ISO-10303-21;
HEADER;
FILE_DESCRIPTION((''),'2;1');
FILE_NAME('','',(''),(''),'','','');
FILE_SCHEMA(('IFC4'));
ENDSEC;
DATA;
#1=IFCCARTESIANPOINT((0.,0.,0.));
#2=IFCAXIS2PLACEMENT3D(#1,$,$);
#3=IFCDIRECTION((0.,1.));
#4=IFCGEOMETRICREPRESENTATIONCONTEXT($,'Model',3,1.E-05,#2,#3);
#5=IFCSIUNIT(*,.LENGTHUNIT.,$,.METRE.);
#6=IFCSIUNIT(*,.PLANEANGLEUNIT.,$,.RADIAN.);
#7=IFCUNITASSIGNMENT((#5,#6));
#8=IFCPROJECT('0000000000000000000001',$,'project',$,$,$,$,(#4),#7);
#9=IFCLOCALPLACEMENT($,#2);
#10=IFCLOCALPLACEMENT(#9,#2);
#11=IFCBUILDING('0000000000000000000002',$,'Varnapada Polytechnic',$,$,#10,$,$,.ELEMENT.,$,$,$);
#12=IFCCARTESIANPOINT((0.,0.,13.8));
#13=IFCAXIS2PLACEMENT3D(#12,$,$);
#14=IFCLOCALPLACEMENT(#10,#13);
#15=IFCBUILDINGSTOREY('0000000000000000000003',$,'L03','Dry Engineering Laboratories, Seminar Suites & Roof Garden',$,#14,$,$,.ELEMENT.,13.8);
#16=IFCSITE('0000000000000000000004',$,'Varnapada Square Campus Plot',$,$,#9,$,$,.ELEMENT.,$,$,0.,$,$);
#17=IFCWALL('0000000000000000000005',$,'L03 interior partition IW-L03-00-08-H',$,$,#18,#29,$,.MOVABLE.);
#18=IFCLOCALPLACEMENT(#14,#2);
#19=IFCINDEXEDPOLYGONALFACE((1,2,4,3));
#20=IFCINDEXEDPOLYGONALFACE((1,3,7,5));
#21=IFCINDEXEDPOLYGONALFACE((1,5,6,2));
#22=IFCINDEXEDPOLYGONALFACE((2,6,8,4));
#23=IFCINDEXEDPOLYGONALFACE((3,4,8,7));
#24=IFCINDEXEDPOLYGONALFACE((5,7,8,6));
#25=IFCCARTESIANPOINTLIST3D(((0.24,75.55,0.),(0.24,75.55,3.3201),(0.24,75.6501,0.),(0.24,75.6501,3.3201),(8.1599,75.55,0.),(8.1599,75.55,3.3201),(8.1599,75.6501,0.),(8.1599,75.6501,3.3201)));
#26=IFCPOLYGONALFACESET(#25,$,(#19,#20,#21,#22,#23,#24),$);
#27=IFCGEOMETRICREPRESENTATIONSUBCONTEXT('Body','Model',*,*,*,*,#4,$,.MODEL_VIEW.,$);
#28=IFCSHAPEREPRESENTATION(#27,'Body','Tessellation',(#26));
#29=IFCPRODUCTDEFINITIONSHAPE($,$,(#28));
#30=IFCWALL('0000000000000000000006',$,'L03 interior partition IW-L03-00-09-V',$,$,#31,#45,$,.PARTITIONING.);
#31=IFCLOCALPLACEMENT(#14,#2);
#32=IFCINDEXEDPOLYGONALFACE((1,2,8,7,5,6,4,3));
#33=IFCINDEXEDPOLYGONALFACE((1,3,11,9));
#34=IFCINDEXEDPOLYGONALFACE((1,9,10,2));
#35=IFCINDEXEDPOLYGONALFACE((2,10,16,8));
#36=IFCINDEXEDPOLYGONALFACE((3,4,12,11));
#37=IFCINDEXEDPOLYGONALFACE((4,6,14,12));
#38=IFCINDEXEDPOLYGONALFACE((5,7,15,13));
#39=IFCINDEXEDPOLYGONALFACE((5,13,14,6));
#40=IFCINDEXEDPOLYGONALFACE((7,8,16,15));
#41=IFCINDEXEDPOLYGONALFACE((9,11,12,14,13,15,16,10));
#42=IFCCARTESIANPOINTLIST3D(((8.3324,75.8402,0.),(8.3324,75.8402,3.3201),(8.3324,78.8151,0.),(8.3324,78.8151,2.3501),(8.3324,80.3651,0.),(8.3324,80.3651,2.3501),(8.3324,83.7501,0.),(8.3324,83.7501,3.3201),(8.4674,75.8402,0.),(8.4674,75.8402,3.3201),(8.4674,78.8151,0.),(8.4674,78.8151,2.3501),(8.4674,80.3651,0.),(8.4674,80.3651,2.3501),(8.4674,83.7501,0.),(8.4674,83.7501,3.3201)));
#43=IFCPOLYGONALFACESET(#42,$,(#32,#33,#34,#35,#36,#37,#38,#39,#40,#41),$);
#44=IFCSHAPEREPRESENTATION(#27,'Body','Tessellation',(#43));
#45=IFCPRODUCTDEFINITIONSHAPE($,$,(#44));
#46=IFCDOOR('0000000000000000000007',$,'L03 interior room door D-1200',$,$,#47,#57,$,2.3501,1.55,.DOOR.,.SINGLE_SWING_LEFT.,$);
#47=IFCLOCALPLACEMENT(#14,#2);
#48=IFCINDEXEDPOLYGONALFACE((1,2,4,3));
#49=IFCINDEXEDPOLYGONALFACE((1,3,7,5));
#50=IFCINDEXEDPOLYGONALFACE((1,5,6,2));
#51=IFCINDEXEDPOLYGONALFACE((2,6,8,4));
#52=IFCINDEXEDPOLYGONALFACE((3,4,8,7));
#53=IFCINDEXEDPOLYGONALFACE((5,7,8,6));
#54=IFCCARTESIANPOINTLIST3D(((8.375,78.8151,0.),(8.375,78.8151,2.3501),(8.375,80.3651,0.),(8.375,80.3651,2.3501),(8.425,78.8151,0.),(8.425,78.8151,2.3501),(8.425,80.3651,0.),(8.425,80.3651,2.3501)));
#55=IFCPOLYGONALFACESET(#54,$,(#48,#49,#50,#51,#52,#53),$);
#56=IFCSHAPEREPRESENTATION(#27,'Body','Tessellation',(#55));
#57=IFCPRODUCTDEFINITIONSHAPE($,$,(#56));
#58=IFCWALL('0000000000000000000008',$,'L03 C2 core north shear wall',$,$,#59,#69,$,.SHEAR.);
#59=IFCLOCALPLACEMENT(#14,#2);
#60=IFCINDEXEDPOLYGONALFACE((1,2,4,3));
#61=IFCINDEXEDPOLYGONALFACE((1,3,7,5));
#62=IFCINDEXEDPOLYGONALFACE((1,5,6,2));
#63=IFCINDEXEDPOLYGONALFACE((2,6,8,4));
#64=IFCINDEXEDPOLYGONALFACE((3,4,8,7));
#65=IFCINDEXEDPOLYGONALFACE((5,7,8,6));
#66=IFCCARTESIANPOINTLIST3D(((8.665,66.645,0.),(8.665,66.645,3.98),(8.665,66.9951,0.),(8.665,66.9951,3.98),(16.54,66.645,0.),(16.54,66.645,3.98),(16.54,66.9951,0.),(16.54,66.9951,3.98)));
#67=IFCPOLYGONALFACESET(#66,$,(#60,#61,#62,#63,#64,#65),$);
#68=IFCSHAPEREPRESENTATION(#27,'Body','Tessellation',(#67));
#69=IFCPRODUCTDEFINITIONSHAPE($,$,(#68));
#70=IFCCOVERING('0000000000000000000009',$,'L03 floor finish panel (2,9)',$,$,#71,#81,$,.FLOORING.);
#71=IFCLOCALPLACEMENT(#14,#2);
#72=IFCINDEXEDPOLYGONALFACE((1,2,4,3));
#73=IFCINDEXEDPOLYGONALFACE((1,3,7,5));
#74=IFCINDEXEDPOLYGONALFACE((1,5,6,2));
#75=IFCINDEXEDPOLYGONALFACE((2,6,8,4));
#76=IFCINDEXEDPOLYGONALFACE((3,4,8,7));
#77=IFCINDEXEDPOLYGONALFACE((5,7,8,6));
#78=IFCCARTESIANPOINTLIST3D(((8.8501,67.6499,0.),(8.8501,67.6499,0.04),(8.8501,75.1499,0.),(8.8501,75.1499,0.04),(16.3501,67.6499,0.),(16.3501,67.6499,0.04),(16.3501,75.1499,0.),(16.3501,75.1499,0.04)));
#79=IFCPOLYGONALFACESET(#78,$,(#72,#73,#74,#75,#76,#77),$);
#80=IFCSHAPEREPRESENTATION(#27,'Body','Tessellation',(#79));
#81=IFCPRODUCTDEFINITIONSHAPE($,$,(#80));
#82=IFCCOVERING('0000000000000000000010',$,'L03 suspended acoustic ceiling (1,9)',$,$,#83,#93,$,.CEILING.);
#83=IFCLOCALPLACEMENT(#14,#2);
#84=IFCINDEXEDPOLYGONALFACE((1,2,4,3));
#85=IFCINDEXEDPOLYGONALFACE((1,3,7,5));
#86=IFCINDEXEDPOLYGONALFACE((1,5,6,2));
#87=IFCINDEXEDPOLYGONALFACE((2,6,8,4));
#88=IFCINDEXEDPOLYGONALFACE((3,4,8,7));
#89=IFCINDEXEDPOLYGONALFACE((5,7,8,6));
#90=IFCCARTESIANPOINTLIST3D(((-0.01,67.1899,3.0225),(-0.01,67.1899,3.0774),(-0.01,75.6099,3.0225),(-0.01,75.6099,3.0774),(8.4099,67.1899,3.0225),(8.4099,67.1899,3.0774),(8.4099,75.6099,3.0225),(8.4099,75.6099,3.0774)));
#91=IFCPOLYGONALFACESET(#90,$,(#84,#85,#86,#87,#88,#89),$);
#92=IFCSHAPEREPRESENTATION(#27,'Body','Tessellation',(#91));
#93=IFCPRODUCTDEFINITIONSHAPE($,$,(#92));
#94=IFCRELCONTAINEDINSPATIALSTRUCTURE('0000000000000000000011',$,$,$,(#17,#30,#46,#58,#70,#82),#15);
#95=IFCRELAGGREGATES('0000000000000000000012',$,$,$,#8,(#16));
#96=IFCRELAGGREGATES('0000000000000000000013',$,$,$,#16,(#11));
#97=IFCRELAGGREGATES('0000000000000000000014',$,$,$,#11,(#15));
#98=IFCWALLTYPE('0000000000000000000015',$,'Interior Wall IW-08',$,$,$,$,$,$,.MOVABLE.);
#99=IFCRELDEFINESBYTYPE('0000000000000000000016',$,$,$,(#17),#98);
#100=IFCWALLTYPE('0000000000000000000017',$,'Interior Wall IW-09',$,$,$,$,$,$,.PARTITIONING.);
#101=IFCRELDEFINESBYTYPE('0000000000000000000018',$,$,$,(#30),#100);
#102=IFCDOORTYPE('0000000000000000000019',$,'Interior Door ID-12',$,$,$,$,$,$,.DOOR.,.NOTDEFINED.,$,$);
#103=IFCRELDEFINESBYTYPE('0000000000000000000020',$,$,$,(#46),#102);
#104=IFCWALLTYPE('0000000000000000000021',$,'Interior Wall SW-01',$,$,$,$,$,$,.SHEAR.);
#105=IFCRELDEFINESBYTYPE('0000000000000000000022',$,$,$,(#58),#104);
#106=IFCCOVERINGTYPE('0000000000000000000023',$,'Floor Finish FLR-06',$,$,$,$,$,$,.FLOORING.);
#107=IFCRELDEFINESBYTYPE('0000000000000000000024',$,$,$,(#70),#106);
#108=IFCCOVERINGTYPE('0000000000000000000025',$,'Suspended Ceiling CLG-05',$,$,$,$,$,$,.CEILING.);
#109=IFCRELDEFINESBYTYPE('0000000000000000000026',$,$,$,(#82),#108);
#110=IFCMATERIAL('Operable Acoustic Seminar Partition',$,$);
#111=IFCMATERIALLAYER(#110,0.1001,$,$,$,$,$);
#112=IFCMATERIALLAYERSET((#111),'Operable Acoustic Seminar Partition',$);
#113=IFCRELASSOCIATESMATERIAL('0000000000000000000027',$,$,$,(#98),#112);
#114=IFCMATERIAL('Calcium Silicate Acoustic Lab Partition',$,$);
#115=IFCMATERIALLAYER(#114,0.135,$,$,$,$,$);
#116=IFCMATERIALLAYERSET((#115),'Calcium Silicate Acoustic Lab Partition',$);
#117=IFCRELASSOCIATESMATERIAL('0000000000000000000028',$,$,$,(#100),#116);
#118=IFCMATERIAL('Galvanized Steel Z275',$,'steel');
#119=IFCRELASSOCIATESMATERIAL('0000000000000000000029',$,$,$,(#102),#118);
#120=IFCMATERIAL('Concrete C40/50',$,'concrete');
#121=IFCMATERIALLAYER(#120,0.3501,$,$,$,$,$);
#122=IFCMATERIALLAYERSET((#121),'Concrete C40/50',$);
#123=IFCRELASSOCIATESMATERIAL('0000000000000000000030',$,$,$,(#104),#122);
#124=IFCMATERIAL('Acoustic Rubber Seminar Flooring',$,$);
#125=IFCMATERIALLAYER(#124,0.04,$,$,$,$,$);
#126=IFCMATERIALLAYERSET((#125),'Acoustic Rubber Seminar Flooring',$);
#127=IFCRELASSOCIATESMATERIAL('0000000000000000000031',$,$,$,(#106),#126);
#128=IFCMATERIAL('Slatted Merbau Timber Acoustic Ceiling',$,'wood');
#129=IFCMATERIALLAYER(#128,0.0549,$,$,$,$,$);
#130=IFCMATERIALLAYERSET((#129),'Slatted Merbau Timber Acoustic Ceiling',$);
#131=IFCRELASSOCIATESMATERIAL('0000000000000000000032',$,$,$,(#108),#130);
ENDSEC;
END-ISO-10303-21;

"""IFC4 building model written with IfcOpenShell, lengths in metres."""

from ifc_helpers import new_model, si_unit, direction, frame, frame_2d, origin, origin_2d, place, context, subcontext, project, spatial, rectangle, extrude, material, layer, layer_set, type_object, element, fill, save


model = new_model("IFC4")

# Units and contexts
model_context = context("Model", 3, precision=1e-05, world=origin(), true_north=direction((0.0, 1.0)))
body_context = subcontext(model_context, "Body", "Model", "MODEL_VIEW")
ifc_project = project(units=[si_unit("LENGTHUNIT", "METRE"), si_unit("PLANEANGLEUNIT", "RADIAN")], contexts=[model_context])

# Site, building, storey
site_placement = place(None, origin())
site = spatial("IfcSite", under=ifc_project, at=site_placement, Name="Varnapada Square Campus Plot", CompositionType="ELEMENT", RefElevation=0.0)
building_placement = place(site_placement, origin())
building = spatial("IfcBuilding", under=site, at=building_placement, Name="Varnapada Polytechnic", CompositionType="ELEMENT")
storey_placement = place(building_placement, frame((0.0, 0.0, 13.8)))
storey = spatial("IfcBuildingStorey", under=building, at=storey_placement, Name="L03", Description="Dry Engineering Laboratories, Seminar Suites & Roof Garden", CompositionType="ELEMENT", Elevation=13.8)

# Shared definitions
ifc_material_1 = material(Name="Galvanized Steel Z275", Category="steel")

# Wall
ifc_material_2 = material(Name="Operable Acoustic Seminar Partition")
ifc_layer_1 = layer(ifc_material_2, 0.1001)
ifc_layer_set_1 = layer_set([ifc_layer_1], Name="Operable Acoustic Seminar Partition")
wall_type_1 = type_object("IfcWallType", Name="Interior Wall IW-08", PredefinedType="MOVABLE", material=ifc_layer_set_1)
wall_1_placement = place(storey_placement, frame((0.24, 75.6001, 0.0), z_axis=(0.0, 0.0, 1.0), x_axis=(1.0, 0.0, 0.0)))
element("IfcWall", 1, at=wall_1_placement, inside=storey, type_object=wall_type_1, Name="L03 interior partition IW-L03-00-08-H", PredefinedType="MOVABLE", context=body_context, shape_type="SweptSolid", body=[
    extrude(rectangle(XDim=7.9199, YDim=0.1001, at=frame_2d((3.96, 0.0))), origin(), (0.0, 0.0, 1.0), 3.3201),
])

# Wall, opening, door
ifc_material_3 = material(Name="Calcium Silicate Acoustic Lab Partition")
ifc_layer_2 = layer(ifc_material_3, 0.135)
ifc_layer_set_2 = layer_set([ifc_layer_2], Name="Calcium Silicate Acoustic Lab Partition")
wall_type_2 = type_object("IfcWallType", Name="Interior Wall IW-09", PredefinedType="PARTITIONING", material=ifc_layer_set_2)
wall_2_placement = place(storey_placement, frame((8.3999, 75.8401, 0.0), z_axis=(0.0, 0.0, 1.0), x_axis=(0.0, 1.0, 0.0)))
wall_2 = element("IfcWall", 2, at=wall_2_placement, inside=storey, type_object=wall_type_2, Name="L03 interior partition IW-L03-00-09-V", PredefinedType="PARTITIONING", context=body_context, shape_type="SweptSolid", body=[
    extrude(rectangle(XDim=7.9099, YDim=0.135, at=frame_2d((3.9551, 0.0))), origin(), (0.0, 0.0, 1.0), 3.3201),
])
opening_1_placement = place(wall_2_placement, frame((2.9751, 0.0, 0.0)))
opening_1 = element("IfcOpeningElement", 3, at=opening_1_placement, cuts=wall_2, PredefinedType="OPENING", context=body_context, shape_type="SweptSolid", body=[
    extrude(rectangle(XDim=1.55, YDim=2.3501, at=frame_2d((0.7749, 1.175))), frame((0.0, 0.0774, 0.0), z_axis=(0.0, -1.0, 0.0), x_axis=(1.0, 0.0, 0.0)), (0.0, 0.0, 1.0), 0.155),
])
door_type_1 = type_object("IfcDoorType", Name="Interior Door ID-12", OperationType="NOTDEFINED", PredefinedType="DOOR", material=ifc_material_1)
door_1_placement = place(opening_1_placement, origin())
door_1 = element("IfcDoor", 4, at=door_1_placement, inside=storey, type_object=door_type_1, Name="L03 interior room door D-1200", OperationType="SINGLE_SWING_LEFT", OverallHeight=2.3501, OverallWidth=1.55, PredefinedType="DOOR", context=body_context, shape_type="SweptSolid", body=[
    extrude(rectangle(XDim=1.55, YDim=2.3501, at=frame_2d((0.7749, 1.175))), frame((0.0, 0.0249, 0.0), z_axis=(0.0, -1.0, 0.0), x_axis=(1.0, 0.0, 0.0)), (0.0, 0.0, 1.0), 0.05),
])
fill(opening_1, door_1)

# Wall
ifc_material_4 = material(Name="Concrete C40/50", Category="concrete")
ifc_layer_3 = layer(ifc_material_4, 0.3501)
ifc_layer_set_3 = layer_set([ifc_layer_3], Name="Concrete C40/50")
wall_type_3 = type_object("IfcWallType", Name="Interior Wall SW-01", PredefinedType="SHEAR", material=ifc_layer_set_3)
wall_3_placement = place(storey_placement, frame((8.665, 66.8201, 0.0), z_axis=(0.0, 0.0, 1.0), x_axis=(1.0, 0.0, 0.0)))
element("IfcWall", 5, at=wall_3_placement, inside=storey, type_object=wall_type_3, Name="L03 C2 core north shear wall", PredefinedType="SHEAR", context=body_context, shape_type="SweptSolid", body=[
    extrude(rectangle(XDim=7.875, YDim=0.3501, at=frame_2d((3.9375, 0.0))), origin(), (0.0, 0.0, 1.0), 3.98),
])

# Coverings
ifc_material_5 = material(Name="Acoustic Rubber Seminar Flooring")
ifc_layer_4 = layer(ifc_material_5, 0.04)
ifc_layer_set_4 = layer_set([ifc_layer_4], Name="Acoustic Rubber Seminar Flooring")
covering_type_1 = type_object("IfcCoveringType", Name="Floor Finish FLR-06", PredefinedType="FLOORING", material=ifc_layer_set_4)
covering_1_placement = place(storey_placement, frame((12.6001, 71.3999, 0.0), z_axis=(0.0, 0.0, 1.0), x_axis=(1.0, 0.0, 0.0)))
element("IfcCovering", 6, at=covering_1_placement, inside=storey, type_object=covering_type_1, Name="L03 floor finish panel (2,9)", PredefinedType="FLOORING", context=body_context, shape_type="SweptSolid", body=[
    extrude(rectangle(XDim=7.5, YDim=7.5, at=origin_2d()), origin(), (0.0, 0.0, 1.0), 0.04),
])
ifc_material_6 = material(Name="Slatted Merbau Timber Acoustic Ceiling", Category="wood")
ifc_layer_5 = layer(ifc_material_6, 0.0549)
ifc_layer_set_5 = layer_set([ifc_layer_5], Name="Slatted Merbau Timber Acoustic Ceiling")
covering_type_2 = type_object("IfcCoveringType", Name="Suspended Ceiling CLG-05", PredefinedType="CEILING", material=ifc_layer_set_5)
covering_2_placement = place(storey_placement, frame((4.2, 71.3999, 3.0225), z_axis=(0.0, 0.0, 1.0), x_axis=(1.0, 0.0, 0.0)))
element("IfcCovering", 7, at=covering_2_placement, inside=storey, type_object=covering_type_2, Name="L03 suspended acoustic ceiling (1,9)", PredefinedType="CEILING", context=body_context, shape_type="SweptSolid", body=[
    extrude(rectangle(XDim=8.4199, YDim=8.4199, at=origin_2d()), origin(), (0.0, 0.0, 1.0), 0.0549),
])

save(model, "model.ifc")
